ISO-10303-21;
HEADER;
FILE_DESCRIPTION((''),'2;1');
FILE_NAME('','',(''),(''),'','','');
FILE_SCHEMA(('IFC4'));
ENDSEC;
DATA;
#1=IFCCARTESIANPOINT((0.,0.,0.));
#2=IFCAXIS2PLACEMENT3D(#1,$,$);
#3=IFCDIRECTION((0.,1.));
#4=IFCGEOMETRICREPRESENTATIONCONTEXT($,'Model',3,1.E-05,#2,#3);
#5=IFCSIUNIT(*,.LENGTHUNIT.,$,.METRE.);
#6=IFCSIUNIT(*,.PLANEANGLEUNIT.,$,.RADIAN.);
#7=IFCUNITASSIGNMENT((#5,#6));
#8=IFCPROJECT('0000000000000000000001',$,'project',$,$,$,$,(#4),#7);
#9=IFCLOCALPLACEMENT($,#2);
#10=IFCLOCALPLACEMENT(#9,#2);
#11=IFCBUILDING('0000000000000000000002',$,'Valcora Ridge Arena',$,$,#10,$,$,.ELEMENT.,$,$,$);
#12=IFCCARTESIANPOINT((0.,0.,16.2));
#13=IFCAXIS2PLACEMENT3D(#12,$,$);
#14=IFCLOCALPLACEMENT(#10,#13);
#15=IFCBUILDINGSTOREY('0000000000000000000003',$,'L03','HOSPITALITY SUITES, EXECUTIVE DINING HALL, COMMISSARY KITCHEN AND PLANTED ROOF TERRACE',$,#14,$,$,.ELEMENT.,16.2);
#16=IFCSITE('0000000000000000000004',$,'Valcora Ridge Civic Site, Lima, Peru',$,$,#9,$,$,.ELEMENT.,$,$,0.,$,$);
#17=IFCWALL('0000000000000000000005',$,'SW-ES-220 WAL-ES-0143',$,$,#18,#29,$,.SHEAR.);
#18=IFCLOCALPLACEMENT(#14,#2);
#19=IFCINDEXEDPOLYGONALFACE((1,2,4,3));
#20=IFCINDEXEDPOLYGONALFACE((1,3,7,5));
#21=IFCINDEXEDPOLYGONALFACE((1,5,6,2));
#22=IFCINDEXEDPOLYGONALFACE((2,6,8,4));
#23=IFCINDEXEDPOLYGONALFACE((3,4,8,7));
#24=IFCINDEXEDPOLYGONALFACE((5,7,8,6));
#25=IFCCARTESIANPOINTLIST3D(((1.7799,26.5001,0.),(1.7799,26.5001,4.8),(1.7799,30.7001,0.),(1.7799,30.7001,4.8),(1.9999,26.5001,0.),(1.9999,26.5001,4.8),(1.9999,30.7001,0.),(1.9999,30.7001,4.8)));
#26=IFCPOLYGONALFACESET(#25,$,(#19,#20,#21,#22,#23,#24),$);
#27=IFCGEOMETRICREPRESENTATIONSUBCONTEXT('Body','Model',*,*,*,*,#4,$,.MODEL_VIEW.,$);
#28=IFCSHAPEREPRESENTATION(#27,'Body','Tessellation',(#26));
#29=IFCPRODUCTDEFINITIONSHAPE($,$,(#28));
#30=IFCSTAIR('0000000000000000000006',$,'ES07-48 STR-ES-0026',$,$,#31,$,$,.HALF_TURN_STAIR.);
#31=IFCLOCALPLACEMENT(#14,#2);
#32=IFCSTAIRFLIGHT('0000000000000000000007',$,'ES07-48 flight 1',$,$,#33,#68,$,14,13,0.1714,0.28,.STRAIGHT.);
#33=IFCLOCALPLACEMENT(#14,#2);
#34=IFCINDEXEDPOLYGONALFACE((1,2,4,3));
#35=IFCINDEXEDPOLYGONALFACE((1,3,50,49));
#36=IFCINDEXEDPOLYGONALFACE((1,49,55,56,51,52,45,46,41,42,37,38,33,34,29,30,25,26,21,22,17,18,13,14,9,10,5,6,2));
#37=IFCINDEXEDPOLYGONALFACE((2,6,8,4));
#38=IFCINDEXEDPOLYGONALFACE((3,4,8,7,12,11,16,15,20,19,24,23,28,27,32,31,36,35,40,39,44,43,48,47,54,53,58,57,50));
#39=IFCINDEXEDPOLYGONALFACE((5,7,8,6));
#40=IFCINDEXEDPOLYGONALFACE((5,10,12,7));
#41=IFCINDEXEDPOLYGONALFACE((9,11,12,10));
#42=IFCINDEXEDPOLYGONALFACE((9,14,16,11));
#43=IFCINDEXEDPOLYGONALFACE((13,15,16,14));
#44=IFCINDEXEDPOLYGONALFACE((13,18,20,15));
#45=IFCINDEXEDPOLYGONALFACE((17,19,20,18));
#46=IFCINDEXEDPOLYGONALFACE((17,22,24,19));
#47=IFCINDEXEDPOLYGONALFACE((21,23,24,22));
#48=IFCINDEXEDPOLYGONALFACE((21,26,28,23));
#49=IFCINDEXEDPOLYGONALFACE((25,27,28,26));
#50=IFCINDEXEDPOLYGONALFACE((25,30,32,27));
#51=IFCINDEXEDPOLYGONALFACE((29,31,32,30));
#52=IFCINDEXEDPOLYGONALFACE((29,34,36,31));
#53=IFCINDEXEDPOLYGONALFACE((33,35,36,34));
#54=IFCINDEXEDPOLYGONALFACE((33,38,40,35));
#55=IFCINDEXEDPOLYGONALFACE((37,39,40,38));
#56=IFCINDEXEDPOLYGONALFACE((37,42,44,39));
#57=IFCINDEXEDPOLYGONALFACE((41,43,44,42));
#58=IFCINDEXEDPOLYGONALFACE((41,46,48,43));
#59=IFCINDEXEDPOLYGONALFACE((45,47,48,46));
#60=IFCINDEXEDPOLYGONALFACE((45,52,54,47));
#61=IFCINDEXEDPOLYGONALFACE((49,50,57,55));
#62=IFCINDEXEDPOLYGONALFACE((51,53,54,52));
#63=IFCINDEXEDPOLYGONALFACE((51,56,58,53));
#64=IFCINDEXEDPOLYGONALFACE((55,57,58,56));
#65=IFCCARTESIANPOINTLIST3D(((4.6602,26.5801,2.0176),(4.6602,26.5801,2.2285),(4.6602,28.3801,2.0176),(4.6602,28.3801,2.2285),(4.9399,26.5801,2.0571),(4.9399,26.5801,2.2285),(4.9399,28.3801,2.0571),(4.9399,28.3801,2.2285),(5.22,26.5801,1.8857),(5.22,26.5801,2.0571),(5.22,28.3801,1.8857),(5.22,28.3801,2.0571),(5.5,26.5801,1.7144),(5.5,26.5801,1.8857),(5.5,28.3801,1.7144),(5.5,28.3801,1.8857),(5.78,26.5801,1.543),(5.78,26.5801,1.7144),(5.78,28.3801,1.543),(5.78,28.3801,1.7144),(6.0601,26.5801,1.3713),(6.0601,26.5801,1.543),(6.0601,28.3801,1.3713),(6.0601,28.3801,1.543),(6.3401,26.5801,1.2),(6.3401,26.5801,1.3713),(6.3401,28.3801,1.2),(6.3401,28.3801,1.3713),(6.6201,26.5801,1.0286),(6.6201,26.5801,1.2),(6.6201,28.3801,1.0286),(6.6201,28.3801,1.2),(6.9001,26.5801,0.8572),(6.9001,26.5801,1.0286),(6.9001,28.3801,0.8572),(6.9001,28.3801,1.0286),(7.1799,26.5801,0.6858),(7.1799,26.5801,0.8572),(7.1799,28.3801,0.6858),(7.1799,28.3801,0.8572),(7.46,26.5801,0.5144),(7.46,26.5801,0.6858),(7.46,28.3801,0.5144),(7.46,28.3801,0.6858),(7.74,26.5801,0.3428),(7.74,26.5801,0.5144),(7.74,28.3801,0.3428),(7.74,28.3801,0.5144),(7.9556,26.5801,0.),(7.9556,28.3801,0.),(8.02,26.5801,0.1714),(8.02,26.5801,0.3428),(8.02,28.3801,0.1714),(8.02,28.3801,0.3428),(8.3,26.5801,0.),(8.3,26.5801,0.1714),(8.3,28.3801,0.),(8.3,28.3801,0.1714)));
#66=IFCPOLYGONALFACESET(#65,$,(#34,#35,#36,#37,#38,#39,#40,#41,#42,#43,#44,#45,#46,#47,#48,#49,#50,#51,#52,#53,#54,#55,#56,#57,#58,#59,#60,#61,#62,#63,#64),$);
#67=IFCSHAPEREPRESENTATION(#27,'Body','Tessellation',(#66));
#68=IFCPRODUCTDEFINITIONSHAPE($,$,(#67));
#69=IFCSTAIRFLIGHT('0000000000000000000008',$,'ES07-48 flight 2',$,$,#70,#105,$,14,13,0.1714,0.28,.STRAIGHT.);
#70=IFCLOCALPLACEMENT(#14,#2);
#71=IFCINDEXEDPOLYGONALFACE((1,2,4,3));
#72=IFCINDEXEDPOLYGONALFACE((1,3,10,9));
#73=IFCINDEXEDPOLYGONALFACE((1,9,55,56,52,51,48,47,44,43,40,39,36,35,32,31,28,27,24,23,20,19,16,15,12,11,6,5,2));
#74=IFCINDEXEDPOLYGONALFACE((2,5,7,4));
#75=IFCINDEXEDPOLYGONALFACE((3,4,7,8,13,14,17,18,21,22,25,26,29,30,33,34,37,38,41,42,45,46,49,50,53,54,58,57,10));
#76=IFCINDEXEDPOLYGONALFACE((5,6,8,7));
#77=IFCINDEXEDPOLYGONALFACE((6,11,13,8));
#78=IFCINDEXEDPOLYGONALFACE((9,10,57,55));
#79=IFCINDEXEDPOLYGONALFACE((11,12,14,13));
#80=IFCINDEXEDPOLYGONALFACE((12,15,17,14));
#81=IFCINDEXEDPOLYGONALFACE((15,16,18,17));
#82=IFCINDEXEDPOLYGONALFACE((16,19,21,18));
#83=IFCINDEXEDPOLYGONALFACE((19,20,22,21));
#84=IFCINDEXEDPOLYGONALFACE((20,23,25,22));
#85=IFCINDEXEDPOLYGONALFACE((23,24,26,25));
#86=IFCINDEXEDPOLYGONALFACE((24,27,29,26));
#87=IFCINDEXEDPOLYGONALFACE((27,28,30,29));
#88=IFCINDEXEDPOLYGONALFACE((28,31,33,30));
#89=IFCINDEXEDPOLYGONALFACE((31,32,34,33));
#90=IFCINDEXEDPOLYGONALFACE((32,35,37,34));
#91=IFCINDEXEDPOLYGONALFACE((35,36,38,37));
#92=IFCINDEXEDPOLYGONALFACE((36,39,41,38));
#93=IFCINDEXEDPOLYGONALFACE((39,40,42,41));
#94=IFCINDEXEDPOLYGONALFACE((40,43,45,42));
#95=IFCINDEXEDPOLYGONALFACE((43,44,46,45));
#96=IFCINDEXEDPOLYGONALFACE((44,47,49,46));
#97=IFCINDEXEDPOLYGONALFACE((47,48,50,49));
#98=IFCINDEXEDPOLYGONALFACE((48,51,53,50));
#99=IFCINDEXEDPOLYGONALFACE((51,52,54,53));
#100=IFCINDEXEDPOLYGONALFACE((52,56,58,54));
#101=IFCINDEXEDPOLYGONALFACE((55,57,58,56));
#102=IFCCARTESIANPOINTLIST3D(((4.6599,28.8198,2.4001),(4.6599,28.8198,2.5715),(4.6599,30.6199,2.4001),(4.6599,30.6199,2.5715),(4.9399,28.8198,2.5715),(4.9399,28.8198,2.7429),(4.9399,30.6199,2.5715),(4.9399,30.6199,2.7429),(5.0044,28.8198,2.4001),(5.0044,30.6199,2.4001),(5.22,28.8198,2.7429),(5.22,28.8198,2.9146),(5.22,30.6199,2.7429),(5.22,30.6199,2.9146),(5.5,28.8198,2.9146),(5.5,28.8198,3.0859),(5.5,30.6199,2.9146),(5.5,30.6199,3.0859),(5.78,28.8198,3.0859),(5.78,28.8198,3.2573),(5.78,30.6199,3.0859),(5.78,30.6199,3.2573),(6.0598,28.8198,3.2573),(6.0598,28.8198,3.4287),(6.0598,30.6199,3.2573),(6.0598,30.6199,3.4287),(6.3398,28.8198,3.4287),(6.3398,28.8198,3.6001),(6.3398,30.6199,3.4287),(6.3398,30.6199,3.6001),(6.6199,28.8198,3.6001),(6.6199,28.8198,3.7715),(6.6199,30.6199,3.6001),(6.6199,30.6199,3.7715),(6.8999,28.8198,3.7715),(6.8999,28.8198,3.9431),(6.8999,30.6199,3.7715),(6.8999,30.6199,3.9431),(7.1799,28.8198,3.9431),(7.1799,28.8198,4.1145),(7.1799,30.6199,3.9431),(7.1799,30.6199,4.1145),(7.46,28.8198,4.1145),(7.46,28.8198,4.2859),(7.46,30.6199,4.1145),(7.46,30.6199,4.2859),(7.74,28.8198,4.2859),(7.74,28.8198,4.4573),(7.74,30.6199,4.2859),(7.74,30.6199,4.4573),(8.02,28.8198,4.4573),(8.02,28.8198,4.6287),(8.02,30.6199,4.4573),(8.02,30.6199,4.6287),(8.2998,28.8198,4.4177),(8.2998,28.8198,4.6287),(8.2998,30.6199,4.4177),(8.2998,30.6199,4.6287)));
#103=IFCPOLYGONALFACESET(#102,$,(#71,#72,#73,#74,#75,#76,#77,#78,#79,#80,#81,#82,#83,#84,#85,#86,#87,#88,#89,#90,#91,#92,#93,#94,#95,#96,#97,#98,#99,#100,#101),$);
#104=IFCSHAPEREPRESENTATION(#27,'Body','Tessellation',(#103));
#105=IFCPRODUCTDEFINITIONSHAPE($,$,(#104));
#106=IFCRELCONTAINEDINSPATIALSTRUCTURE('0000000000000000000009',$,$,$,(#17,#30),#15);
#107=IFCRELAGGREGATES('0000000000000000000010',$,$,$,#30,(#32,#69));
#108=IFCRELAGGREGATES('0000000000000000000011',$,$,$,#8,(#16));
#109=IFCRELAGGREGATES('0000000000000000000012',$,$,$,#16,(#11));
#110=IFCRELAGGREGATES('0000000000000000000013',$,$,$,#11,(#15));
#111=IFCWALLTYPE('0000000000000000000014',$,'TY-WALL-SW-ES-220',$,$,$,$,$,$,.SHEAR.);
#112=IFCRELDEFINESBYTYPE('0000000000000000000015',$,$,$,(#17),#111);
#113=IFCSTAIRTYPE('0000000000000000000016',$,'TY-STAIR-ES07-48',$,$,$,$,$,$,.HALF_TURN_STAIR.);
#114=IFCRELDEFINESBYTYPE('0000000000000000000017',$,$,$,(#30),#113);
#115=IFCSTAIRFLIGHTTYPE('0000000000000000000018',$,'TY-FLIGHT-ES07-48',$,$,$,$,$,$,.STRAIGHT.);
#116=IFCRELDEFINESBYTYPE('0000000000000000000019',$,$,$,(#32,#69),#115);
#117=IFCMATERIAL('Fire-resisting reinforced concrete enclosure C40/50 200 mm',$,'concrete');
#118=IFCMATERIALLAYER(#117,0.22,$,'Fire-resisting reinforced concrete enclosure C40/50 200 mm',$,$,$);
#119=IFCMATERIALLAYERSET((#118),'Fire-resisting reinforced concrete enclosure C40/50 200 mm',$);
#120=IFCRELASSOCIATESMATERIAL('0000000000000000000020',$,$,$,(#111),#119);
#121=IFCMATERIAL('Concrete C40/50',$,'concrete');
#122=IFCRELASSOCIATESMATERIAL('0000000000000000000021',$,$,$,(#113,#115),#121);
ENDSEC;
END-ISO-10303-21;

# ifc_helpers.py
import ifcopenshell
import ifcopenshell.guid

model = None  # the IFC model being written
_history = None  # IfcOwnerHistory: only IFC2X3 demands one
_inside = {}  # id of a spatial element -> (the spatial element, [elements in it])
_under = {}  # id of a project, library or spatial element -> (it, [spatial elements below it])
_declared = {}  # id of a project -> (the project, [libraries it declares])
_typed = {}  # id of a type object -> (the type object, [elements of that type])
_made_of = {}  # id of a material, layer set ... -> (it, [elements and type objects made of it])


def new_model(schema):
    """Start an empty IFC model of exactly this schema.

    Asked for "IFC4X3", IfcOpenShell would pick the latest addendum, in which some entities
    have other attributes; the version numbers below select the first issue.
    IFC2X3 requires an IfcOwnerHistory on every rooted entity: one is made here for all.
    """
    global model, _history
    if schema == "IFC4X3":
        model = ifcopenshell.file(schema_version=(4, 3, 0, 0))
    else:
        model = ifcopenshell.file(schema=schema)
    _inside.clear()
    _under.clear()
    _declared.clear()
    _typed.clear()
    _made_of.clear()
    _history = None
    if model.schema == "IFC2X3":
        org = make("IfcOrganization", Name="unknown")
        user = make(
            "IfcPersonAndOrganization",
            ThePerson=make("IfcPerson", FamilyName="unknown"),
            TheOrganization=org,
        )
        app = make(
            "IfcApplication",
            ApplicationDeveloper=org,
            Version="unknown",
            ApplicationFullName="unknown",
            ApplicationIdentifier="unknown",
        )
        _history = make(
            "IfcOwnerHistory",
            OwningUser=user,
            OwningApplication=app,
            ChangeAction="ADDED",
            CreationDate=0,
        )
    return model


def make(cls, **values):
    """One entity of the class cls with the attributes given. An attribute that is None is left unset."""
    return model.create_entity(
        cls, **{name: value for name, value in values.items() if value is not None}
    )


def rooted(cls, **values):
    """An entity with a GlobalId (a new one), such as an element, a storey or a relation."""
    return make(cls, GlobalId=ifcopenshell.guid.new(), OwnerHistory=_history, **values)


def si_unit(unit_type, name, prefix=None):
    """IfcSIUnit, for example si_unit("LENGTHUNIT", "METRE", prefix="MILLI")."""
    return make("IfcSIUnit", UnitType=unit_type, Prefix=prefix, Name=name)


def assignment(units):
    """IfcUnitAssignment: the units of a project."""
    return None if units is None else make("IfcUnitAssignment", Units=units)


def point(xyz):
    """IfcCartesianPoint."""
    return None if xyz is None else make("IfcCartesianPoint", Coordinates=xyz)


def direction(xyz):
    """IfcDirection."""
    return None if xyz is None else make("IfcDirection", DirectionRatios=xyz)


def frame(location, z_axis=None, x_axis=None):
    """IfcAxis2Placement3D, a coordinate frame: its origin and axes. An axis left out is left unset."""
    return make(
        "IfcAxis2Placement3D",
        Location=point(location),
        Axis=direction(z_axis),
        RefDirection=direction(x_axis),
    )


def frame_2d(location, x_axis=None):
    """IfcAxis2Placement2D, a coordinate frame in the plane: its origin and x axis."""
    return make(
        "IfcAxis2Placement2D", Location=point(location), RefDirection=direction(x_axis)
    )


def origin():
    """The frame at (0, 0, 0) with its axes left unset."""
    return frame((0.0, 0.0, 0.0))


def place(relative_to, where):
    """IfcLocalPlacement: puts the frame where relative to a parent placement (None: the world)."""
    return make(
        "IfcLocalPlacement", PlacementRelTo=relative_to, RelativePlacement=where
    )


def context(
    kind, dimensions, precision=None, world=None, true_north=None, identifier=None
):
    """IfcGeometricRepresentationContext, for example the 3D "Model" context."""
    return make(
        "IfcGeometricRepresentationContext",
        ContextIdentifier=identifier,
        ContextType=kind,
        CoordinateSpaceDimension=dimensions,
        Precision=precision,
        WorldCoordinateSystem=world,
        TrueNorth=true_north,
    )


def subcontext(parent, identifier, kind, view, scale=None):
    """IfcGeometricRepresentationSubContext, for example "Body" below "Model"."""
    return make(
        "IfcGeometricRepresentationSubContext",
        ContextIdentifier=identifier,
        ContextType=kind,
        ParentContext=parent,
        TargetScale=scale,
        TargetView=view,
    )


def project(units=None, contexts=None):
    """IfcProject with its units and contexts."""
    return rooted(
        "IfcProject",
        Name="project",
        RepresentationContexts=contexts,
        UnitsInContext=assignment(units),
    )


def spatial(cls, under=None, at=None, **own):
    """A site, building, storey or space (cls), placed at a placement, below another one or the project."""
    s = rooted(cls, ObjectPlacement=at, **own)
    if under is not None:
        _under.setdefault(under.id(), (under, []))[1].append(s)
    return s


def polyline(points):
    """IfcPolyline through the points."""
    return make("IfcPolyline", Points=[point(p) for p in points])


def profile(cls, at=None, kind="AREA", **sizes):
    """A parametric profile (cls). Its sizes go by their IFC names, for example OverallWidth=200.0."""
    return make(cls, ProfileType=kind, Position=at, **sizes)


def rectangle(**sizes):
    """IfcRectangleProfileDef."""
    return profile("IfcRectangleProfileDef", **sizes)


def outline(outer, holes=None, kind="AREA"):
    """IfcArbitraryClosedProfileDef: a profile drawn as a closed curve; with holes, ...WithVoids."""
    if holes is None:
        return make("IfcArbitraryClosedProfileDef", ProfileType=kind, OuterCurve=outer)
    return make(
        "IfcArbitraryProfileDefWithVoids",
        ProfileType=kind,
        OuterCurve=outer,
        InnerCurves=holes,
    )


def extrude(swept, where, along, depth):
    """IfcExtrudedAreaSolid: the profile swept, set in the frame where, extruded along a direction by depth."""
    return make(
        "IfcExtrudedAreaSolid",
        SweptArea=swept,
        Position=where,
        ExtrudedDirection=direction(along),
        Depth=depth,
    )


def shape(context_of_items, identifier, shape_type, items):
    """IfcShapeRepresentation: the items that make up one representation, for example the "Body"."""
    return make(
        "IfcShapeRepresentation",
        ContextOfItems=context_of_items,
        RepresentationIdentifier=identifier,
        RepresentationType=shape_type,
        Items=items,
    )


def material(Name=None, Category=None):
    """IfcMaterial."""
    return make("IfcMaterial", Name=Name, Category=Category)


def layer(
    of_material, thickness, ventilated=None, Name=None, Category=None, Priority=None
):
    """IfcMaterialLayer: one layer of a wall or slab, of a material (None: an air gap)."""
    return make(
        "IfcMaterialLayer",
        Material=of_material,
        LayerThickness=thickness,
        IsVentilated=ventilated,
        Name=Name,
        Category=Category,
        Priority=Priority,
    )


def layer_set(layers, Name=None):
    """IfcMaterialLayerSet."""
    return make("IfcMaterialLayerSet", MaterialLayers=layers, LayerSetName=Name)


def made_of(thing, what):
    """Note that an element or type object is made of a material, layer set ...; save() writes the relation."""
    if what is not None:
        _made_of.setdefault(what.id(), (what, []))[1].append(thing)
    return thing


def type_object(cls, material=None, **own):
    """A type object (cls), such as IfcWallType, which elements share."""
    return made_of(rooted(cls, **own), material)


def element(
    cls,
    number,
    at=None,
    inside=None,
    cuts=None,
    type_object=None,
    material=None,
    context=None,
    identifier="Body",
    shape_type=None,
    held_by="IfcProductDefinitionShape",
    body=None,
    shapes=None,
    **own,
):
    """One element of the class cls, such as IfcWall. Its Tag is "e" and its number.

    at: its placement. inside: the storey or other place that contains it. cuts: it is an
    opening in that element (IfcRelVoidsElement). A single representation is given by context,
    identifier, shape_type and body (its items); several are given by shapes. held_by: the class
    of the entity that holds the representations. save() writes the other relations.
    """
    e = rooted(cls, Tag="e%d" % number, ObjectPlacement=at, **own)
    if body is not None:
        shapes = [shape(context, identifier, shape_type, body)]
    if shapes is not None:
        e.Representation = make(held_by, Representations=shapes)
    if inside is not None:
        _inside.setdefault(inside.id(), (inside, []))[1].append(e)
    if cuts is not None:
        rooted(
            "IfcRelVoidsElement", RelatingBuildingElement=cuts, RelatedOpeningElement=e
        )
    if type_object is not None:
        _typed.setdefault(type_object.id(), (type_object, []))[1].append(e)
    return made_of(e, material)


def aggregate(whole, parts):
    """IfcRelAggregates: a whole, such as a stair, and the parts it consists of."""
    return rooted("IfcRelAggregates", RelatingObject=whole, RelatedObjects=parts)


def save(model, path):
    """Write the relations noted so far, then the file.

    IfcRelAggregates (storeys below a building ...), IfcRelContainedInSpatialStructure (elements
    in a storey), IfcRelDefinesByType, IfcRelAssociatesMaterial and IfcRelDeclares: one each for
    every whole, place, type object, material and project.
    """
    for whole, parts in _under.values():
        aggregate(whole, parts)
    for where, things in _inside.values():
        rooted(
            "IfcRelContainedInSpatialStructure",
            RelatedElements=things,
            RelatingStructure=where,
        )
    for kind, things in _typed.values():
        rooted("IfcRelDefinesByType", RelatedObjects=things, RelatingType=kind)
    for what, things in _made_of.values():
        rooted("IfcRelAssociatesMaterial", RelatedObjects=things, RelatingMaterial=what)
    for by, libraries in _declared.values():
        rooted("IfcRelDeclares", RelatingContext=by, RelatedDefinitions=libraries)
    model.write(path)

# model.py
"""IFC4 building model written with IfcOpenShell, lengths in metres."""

from ifc_helpers import new_model, si_unit, direction, frame, frame_2d, origin, place, context, subcontext, project, spatial, polyline, rectangle, outline, extrude, material, layer, layer_set, type_object, element, aggregate, save


model = new_model("IFC4")

# Units and contexts
model_context = context("Model", 3, precision=1e-05, world=origin(), true_north=direction((0.0, 1.0)))
body_context = subcontext(model_context, "Body", "Model", "MODEL_VIEW")
ifc_project = project(units=[si_unit("LENGTHUNIT", "METRE"), si_unit("PLANEANGLEUNIT", "RADIAN")], contexts=[model_context])

# Site, building, storey
site_placement = place(None, origin())
site = spatial("IfcSite", under=ifc_project, at=site_placement, Name="Valcora Ridge Civic Site, Lima, Peru", CompositionType="ELEMENT", RefElevation=0.0)
building_placement = place(site_placement, origin())
building = spatial("IfcBuilding", under=site, at=building_placement, Name="Valcora Ridge Arena", CompositionType="ELEMENT")
storey_placement = place(building_placement, frame((0.0, 0.0, 16.2)))
storey = spatial("IfcBuildingStorey", under=building, at=storey_placement, Name="L03", Description="HOSPITALITY SUITES, EXECUTIVE DINING HALL, COMMISSARY KITCHEN AND PLANTED ROOF TERRACE", CompositionType="ELEMENT", Elevation=16.2)

# Shared definitions
ifc_material_1 = material(Name="Concrete C40/50", Category="concrete")

# Wall
ifc_material_2 = material(Name="Fire-resisting reinforced concrete enclosure C40/50 200 mm", Category="concrete")
ifc_layer_1 = layer(ifc_material_2, 0.22, Name="Fire-resisting reinforced concrete enclosure C40/50 200 mm")
ifc_layer_set_1 = layer_set([ifc_layer_1], Name="Fire-resisting reinforced concrete enclosure C40/50 200 mm")
wall_type_1 = type_object("IfcWallType", Name="TY-WALL-SW-ES-220", PredefinedType="SHEAR", material=ifc_layer_set_1)
wall_1_placement = place(storey_placement, frame((1.8899, 26.5, 0.0), z_axis=(0.0, 0.0, 1.0), x_axis=(0.0, 1.0, 0.0)))
element("IfcWall", 1, at=wall_1_placement, inside=storey, type_object=wall_type_1, Name="SW-ES-220 WAL-ES-0143", PredefinedType="SHEAR", context=body_context, shape_type="SweptSolid", body=[
    extrude(rectangle(XDim=4.2, YDim=0.22, at=frame_2d((2.1001, 0.0))), origin(), (0.0, 0.0, 1.0), 4.8),
])

# Stair, stair flights
stair_type = type_object("IfcStairType", Name="TY-STAIR-ES07-48", PredefinedType="HALF_TURN_STAIR", material=ifc_material_1)
stair_placement = place(storey_placement, origin())
stair = element("IfcStair", 2, at=stair_placement, inside=storey, type_object=stair_type, Name="ES07-48 STR-ES-0026", PredefinedType="HALF_TURN_STAIR")
stair_flight_type = type_object("IfcStairFlightType", Name="TY-FLIGHT-ES07-48", PredefinedType="STRAIGHT", material=ifc_material_1)
stair_flight_1_placement = place(storey_placement, frame((8.3, 27.48, 0.0), z_axis=(0.0, 0.0, 1.0), x_axis=(-1.0, 0.0, 0.0)))
stair_flight_1 = element("IfcStairFlight", 3, at=stair_flight_1_placement, type_object=stair_flight_type, Name="ES07-48 flight 1", NumberOfRisers=14, NumberOfTreads=13, PredefinedType="STRAIGHT", RiserHeight=0.1714, TreadLength=0.28, context=body_context, shape_type="SweptSolid", body=[
    extrude(outline(polyline([(0.0, 0.0), (0.0, 0.1714), (0.28, 0.1714), (0.28, 0.3428), (0.5601, 0.3428), (0.5601, 0.5144), (0.8401, 0.5144), (0.8401, 0.6858), (1.1201, 0.6858), (1.1201, 0.8572), (1.3999, 0.8572), (1.3999, 1.0286), (1.6799, 1.0286), (1.6799, 1.2), (1.96, 1.2), (1.96, 1.3713), (2.24, 1.3713), (2.24, 1.543), (2.52, 1.543), (2.52, 1.7144), (2.8, 1.7144), (2.8, 1.8857), (3.0801, 1.8857), (3.0801, 2.0571), (3.3601, 2.0571), (3.3601, 2.2285), (3.6399, 2.2285), (3.6399, 2.3999), (3.6399, 2.0176), (0.3445, 0.0), (0.0, 0.0)])), frame((0.0, 0.8999, 0.0), z_axis=(0.0, -1.0, 0.0), x_axis=(1.0, 0.0, 0.0)), (0.0, 0.0, 1.0), 1.8),
])
stair_flight_2_placement = place(storey_placement, frame((4.6599, 29.72, 2.4001), z_axis=(0.0, 0.0, 1.0), x_axis=(1.0, 0.0, 0.0)))
stair_flight_2 = element("IfcStairFlight", 4, at=stair_flight_2_placement, type_object=stair_flight_type, Name="ES07-48 flight 2", NumberOfRisers=14, NumberOfTreads=13, PredefinedType="STRAIGHT", RiserHeight=0.1714, TreadLength=0.28, context=body_context, shape_type="SweptSolid", body=[
    extrude(outline(polyline([(0.0, 0.0), (0.0, 0.1714), (0.28, 0.1714), (0.28, 0.3428), (0.5601, 0.3428), (0.5601, 0.5144), (0.8401, 0.5144), (0.8401, 0.6858), (1.1201, 0.6858), (1.1201, 0.8572), (1.3999, 0.8572), (1.3999, 1.0286), (1.6799, 1.0286), (1.6799, 1.2), (1.96, 1.2), (1.96, 1.3713), (2.24, 1.3713), (2.24, 1.543), (2.52, 1.543), (2.52, 1.7144), (2.8, 1.7144), (2.8, 1.8857), (3.0801, 1.8857), (3.0801, 2.0571), (3.3601, 2.0571), (3.3601, 2.2285), (3.6399, 2.2285), (3.6399, 2.3999), (3.6399, 2.0176), (0.3445, 0.0), (0.0, 0.0)])), frame((0.0, 0.8999, 0.0), z_axis=(0.0, -1.0, 0.0), x_axis=(1.0, 0.0, 0.0)), (0.0, 0.0, 1.0), 1.8),
])
aggregate(stair, [stair_flight_1, stair_flight_2])

save(model, "model.ifc")
